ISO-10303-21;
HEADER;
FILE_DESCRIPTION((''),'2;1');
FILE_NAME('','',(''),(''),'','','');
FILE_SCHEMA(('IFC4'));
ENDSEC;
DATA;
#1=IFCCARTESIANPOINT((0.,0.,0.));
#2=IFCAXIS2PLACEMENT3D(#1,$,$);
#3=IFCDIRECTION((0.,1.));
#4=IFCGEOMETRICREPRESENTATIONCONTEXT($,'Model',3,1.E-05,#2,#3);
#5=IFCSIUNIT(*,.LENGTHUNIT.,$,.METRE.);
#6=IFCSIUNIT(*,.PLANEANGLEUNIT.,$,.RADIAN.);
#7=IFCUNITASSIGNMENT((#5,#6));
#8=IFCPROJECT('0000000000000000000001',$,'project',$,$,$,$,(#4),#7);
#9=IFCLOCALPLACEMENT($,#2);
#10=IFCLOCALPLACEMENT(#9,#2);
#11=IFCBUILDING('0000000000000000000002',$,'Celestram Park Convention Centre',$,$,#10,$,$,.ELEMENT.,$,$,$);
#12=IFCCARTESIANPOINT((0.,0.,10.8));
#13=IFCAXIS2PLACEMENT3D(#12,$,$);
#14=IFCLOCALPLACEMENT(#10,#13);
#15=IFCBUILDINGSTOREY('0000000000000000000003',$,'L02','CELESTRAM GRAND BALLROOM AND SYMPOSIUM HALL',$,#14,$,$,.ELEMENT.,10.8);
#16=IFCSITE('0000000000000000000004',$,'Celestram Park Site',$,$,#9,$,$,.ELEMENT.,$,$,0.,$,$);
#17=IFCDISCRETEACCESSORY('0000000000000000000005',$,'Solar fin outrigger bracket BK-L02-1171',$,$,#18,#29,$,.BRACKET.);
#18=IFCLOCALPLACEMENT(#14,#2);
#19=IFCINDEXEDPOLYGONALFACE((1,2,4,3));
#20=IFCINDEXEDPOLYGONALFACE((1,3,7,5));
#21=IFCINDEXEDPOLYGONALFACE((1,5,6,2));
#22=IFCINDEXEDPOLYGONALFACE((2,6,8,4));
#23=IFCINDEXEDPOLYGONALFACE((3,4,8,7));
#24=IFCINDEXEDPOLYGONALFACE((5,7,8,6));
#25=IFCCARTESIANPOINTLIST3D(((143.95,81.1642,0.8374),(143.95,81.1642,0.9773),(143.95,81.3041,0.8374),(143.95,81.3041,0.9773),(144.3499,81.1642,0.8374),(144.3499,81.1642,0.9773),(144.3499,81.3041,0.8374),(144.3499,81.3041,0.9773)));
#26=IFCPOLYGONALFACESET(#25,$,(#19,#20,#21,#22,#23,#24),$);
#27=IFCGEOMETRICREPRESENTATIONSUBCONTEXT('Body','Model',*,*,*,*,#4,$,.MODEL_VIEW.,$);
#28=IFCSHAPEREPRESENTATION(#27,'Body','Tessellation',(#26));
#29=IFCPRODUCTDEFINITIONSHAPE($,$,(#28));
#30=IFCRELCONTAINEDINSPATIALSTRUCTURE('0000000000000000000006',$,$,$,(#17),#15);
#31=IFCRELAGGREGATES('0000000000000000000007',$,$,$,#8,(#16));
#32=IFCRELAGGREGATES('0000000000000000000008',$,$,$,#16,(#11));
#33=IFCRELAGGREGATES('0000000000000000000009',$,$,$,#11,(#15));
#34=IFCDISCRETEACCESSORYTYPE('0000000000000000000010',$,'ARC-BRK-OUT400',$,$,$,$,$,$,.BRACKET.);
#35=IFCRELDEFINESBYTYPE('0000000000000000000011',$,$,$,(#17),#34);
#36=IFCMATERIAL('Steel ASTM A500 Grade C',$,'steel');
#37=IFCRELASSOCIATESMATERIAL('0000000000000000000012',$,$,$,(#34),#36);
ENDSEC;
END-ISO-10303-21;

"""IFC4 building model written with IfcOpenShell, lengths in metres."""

from ifc_helpers import new_model, si_unit, direction, frame, origin, origin_2d, place, context, subcontext, project, spatial, rectangle, extrude, material, type_object, element, save


model = new_model("IFC4")

# Units and contexts
model_context = context("Model", 3, precision=1e-05, world=origin(), true_north=direction((0.0, 1.0)))
body_context = subcontext(model_context, "Body", "Model", "MODEL_VIEW")
ifc_project = project(units=[si_unit("LENGTHUNIT", "METRE"), si_unit("PLANEANGLEUNIT", "RADIAN")], contexts=[model_context])

# Site, building, storey
site_placement = place(None, origin())
site = spatial("IfcSite", under=ifc_project, at=site_placement, Name="Celestram Park Site", CompositionType="ELEMENT", RefElevation=0.0)
building_placement = place(site_placement, origin())
building = spatial("IfcBuilding", under=site, at=building_placement, Name="Celestram Park Convention Centre", CompositionType="ELEMENT")
storey_placement = place(building_placement, frame((0.0, 0.0, 10.8)))
storey = spatial("IfcBuildingStorey", under=building, at=storey_placement, Name="L02", Description="CELESTRAM GRAND BALLROOM AND SYMPOSIUM HALL", CompositionType="ELEMENT", Elevation=10.8)

# Shared definitions
ifc_material_1 = material(Name="Steel ASTM A500 Grade C", Category="steel")

# Discrete accessory
discrete_accessory_type = type_object("IfcDiscreteAccessoryType", Name="ARC-BRK-OUT400", PredefinedType="BRACKET", material=ifc_material_1)
for number, where, z_axis, x_axis, name in (
    (1, (144.1499, 81.2341, 0.8374), (0.0, 0.0, 1.0), (1.0, 0.0, 0.0), "Solar fin outrigger bracket BK-L02-1171"),
):
    element("IfcDiscreteAccessory", number, at=place(storey_placement, frame(where, z_axis=z_axis, x_axis=x_axis)), inside=storey, type_object=discrete_accessory_type, Name=name, PredefinedType="BRACKET", context=body_context, shape_type="SweptSolid", body=[
        extrude(rectangle(XDim=0.3999, YDim=0.1399, at=origin_2d()), origin(), (0.0, 0.0, 1.0), 0.1399),
    ])

save(model, "model.ifc")
